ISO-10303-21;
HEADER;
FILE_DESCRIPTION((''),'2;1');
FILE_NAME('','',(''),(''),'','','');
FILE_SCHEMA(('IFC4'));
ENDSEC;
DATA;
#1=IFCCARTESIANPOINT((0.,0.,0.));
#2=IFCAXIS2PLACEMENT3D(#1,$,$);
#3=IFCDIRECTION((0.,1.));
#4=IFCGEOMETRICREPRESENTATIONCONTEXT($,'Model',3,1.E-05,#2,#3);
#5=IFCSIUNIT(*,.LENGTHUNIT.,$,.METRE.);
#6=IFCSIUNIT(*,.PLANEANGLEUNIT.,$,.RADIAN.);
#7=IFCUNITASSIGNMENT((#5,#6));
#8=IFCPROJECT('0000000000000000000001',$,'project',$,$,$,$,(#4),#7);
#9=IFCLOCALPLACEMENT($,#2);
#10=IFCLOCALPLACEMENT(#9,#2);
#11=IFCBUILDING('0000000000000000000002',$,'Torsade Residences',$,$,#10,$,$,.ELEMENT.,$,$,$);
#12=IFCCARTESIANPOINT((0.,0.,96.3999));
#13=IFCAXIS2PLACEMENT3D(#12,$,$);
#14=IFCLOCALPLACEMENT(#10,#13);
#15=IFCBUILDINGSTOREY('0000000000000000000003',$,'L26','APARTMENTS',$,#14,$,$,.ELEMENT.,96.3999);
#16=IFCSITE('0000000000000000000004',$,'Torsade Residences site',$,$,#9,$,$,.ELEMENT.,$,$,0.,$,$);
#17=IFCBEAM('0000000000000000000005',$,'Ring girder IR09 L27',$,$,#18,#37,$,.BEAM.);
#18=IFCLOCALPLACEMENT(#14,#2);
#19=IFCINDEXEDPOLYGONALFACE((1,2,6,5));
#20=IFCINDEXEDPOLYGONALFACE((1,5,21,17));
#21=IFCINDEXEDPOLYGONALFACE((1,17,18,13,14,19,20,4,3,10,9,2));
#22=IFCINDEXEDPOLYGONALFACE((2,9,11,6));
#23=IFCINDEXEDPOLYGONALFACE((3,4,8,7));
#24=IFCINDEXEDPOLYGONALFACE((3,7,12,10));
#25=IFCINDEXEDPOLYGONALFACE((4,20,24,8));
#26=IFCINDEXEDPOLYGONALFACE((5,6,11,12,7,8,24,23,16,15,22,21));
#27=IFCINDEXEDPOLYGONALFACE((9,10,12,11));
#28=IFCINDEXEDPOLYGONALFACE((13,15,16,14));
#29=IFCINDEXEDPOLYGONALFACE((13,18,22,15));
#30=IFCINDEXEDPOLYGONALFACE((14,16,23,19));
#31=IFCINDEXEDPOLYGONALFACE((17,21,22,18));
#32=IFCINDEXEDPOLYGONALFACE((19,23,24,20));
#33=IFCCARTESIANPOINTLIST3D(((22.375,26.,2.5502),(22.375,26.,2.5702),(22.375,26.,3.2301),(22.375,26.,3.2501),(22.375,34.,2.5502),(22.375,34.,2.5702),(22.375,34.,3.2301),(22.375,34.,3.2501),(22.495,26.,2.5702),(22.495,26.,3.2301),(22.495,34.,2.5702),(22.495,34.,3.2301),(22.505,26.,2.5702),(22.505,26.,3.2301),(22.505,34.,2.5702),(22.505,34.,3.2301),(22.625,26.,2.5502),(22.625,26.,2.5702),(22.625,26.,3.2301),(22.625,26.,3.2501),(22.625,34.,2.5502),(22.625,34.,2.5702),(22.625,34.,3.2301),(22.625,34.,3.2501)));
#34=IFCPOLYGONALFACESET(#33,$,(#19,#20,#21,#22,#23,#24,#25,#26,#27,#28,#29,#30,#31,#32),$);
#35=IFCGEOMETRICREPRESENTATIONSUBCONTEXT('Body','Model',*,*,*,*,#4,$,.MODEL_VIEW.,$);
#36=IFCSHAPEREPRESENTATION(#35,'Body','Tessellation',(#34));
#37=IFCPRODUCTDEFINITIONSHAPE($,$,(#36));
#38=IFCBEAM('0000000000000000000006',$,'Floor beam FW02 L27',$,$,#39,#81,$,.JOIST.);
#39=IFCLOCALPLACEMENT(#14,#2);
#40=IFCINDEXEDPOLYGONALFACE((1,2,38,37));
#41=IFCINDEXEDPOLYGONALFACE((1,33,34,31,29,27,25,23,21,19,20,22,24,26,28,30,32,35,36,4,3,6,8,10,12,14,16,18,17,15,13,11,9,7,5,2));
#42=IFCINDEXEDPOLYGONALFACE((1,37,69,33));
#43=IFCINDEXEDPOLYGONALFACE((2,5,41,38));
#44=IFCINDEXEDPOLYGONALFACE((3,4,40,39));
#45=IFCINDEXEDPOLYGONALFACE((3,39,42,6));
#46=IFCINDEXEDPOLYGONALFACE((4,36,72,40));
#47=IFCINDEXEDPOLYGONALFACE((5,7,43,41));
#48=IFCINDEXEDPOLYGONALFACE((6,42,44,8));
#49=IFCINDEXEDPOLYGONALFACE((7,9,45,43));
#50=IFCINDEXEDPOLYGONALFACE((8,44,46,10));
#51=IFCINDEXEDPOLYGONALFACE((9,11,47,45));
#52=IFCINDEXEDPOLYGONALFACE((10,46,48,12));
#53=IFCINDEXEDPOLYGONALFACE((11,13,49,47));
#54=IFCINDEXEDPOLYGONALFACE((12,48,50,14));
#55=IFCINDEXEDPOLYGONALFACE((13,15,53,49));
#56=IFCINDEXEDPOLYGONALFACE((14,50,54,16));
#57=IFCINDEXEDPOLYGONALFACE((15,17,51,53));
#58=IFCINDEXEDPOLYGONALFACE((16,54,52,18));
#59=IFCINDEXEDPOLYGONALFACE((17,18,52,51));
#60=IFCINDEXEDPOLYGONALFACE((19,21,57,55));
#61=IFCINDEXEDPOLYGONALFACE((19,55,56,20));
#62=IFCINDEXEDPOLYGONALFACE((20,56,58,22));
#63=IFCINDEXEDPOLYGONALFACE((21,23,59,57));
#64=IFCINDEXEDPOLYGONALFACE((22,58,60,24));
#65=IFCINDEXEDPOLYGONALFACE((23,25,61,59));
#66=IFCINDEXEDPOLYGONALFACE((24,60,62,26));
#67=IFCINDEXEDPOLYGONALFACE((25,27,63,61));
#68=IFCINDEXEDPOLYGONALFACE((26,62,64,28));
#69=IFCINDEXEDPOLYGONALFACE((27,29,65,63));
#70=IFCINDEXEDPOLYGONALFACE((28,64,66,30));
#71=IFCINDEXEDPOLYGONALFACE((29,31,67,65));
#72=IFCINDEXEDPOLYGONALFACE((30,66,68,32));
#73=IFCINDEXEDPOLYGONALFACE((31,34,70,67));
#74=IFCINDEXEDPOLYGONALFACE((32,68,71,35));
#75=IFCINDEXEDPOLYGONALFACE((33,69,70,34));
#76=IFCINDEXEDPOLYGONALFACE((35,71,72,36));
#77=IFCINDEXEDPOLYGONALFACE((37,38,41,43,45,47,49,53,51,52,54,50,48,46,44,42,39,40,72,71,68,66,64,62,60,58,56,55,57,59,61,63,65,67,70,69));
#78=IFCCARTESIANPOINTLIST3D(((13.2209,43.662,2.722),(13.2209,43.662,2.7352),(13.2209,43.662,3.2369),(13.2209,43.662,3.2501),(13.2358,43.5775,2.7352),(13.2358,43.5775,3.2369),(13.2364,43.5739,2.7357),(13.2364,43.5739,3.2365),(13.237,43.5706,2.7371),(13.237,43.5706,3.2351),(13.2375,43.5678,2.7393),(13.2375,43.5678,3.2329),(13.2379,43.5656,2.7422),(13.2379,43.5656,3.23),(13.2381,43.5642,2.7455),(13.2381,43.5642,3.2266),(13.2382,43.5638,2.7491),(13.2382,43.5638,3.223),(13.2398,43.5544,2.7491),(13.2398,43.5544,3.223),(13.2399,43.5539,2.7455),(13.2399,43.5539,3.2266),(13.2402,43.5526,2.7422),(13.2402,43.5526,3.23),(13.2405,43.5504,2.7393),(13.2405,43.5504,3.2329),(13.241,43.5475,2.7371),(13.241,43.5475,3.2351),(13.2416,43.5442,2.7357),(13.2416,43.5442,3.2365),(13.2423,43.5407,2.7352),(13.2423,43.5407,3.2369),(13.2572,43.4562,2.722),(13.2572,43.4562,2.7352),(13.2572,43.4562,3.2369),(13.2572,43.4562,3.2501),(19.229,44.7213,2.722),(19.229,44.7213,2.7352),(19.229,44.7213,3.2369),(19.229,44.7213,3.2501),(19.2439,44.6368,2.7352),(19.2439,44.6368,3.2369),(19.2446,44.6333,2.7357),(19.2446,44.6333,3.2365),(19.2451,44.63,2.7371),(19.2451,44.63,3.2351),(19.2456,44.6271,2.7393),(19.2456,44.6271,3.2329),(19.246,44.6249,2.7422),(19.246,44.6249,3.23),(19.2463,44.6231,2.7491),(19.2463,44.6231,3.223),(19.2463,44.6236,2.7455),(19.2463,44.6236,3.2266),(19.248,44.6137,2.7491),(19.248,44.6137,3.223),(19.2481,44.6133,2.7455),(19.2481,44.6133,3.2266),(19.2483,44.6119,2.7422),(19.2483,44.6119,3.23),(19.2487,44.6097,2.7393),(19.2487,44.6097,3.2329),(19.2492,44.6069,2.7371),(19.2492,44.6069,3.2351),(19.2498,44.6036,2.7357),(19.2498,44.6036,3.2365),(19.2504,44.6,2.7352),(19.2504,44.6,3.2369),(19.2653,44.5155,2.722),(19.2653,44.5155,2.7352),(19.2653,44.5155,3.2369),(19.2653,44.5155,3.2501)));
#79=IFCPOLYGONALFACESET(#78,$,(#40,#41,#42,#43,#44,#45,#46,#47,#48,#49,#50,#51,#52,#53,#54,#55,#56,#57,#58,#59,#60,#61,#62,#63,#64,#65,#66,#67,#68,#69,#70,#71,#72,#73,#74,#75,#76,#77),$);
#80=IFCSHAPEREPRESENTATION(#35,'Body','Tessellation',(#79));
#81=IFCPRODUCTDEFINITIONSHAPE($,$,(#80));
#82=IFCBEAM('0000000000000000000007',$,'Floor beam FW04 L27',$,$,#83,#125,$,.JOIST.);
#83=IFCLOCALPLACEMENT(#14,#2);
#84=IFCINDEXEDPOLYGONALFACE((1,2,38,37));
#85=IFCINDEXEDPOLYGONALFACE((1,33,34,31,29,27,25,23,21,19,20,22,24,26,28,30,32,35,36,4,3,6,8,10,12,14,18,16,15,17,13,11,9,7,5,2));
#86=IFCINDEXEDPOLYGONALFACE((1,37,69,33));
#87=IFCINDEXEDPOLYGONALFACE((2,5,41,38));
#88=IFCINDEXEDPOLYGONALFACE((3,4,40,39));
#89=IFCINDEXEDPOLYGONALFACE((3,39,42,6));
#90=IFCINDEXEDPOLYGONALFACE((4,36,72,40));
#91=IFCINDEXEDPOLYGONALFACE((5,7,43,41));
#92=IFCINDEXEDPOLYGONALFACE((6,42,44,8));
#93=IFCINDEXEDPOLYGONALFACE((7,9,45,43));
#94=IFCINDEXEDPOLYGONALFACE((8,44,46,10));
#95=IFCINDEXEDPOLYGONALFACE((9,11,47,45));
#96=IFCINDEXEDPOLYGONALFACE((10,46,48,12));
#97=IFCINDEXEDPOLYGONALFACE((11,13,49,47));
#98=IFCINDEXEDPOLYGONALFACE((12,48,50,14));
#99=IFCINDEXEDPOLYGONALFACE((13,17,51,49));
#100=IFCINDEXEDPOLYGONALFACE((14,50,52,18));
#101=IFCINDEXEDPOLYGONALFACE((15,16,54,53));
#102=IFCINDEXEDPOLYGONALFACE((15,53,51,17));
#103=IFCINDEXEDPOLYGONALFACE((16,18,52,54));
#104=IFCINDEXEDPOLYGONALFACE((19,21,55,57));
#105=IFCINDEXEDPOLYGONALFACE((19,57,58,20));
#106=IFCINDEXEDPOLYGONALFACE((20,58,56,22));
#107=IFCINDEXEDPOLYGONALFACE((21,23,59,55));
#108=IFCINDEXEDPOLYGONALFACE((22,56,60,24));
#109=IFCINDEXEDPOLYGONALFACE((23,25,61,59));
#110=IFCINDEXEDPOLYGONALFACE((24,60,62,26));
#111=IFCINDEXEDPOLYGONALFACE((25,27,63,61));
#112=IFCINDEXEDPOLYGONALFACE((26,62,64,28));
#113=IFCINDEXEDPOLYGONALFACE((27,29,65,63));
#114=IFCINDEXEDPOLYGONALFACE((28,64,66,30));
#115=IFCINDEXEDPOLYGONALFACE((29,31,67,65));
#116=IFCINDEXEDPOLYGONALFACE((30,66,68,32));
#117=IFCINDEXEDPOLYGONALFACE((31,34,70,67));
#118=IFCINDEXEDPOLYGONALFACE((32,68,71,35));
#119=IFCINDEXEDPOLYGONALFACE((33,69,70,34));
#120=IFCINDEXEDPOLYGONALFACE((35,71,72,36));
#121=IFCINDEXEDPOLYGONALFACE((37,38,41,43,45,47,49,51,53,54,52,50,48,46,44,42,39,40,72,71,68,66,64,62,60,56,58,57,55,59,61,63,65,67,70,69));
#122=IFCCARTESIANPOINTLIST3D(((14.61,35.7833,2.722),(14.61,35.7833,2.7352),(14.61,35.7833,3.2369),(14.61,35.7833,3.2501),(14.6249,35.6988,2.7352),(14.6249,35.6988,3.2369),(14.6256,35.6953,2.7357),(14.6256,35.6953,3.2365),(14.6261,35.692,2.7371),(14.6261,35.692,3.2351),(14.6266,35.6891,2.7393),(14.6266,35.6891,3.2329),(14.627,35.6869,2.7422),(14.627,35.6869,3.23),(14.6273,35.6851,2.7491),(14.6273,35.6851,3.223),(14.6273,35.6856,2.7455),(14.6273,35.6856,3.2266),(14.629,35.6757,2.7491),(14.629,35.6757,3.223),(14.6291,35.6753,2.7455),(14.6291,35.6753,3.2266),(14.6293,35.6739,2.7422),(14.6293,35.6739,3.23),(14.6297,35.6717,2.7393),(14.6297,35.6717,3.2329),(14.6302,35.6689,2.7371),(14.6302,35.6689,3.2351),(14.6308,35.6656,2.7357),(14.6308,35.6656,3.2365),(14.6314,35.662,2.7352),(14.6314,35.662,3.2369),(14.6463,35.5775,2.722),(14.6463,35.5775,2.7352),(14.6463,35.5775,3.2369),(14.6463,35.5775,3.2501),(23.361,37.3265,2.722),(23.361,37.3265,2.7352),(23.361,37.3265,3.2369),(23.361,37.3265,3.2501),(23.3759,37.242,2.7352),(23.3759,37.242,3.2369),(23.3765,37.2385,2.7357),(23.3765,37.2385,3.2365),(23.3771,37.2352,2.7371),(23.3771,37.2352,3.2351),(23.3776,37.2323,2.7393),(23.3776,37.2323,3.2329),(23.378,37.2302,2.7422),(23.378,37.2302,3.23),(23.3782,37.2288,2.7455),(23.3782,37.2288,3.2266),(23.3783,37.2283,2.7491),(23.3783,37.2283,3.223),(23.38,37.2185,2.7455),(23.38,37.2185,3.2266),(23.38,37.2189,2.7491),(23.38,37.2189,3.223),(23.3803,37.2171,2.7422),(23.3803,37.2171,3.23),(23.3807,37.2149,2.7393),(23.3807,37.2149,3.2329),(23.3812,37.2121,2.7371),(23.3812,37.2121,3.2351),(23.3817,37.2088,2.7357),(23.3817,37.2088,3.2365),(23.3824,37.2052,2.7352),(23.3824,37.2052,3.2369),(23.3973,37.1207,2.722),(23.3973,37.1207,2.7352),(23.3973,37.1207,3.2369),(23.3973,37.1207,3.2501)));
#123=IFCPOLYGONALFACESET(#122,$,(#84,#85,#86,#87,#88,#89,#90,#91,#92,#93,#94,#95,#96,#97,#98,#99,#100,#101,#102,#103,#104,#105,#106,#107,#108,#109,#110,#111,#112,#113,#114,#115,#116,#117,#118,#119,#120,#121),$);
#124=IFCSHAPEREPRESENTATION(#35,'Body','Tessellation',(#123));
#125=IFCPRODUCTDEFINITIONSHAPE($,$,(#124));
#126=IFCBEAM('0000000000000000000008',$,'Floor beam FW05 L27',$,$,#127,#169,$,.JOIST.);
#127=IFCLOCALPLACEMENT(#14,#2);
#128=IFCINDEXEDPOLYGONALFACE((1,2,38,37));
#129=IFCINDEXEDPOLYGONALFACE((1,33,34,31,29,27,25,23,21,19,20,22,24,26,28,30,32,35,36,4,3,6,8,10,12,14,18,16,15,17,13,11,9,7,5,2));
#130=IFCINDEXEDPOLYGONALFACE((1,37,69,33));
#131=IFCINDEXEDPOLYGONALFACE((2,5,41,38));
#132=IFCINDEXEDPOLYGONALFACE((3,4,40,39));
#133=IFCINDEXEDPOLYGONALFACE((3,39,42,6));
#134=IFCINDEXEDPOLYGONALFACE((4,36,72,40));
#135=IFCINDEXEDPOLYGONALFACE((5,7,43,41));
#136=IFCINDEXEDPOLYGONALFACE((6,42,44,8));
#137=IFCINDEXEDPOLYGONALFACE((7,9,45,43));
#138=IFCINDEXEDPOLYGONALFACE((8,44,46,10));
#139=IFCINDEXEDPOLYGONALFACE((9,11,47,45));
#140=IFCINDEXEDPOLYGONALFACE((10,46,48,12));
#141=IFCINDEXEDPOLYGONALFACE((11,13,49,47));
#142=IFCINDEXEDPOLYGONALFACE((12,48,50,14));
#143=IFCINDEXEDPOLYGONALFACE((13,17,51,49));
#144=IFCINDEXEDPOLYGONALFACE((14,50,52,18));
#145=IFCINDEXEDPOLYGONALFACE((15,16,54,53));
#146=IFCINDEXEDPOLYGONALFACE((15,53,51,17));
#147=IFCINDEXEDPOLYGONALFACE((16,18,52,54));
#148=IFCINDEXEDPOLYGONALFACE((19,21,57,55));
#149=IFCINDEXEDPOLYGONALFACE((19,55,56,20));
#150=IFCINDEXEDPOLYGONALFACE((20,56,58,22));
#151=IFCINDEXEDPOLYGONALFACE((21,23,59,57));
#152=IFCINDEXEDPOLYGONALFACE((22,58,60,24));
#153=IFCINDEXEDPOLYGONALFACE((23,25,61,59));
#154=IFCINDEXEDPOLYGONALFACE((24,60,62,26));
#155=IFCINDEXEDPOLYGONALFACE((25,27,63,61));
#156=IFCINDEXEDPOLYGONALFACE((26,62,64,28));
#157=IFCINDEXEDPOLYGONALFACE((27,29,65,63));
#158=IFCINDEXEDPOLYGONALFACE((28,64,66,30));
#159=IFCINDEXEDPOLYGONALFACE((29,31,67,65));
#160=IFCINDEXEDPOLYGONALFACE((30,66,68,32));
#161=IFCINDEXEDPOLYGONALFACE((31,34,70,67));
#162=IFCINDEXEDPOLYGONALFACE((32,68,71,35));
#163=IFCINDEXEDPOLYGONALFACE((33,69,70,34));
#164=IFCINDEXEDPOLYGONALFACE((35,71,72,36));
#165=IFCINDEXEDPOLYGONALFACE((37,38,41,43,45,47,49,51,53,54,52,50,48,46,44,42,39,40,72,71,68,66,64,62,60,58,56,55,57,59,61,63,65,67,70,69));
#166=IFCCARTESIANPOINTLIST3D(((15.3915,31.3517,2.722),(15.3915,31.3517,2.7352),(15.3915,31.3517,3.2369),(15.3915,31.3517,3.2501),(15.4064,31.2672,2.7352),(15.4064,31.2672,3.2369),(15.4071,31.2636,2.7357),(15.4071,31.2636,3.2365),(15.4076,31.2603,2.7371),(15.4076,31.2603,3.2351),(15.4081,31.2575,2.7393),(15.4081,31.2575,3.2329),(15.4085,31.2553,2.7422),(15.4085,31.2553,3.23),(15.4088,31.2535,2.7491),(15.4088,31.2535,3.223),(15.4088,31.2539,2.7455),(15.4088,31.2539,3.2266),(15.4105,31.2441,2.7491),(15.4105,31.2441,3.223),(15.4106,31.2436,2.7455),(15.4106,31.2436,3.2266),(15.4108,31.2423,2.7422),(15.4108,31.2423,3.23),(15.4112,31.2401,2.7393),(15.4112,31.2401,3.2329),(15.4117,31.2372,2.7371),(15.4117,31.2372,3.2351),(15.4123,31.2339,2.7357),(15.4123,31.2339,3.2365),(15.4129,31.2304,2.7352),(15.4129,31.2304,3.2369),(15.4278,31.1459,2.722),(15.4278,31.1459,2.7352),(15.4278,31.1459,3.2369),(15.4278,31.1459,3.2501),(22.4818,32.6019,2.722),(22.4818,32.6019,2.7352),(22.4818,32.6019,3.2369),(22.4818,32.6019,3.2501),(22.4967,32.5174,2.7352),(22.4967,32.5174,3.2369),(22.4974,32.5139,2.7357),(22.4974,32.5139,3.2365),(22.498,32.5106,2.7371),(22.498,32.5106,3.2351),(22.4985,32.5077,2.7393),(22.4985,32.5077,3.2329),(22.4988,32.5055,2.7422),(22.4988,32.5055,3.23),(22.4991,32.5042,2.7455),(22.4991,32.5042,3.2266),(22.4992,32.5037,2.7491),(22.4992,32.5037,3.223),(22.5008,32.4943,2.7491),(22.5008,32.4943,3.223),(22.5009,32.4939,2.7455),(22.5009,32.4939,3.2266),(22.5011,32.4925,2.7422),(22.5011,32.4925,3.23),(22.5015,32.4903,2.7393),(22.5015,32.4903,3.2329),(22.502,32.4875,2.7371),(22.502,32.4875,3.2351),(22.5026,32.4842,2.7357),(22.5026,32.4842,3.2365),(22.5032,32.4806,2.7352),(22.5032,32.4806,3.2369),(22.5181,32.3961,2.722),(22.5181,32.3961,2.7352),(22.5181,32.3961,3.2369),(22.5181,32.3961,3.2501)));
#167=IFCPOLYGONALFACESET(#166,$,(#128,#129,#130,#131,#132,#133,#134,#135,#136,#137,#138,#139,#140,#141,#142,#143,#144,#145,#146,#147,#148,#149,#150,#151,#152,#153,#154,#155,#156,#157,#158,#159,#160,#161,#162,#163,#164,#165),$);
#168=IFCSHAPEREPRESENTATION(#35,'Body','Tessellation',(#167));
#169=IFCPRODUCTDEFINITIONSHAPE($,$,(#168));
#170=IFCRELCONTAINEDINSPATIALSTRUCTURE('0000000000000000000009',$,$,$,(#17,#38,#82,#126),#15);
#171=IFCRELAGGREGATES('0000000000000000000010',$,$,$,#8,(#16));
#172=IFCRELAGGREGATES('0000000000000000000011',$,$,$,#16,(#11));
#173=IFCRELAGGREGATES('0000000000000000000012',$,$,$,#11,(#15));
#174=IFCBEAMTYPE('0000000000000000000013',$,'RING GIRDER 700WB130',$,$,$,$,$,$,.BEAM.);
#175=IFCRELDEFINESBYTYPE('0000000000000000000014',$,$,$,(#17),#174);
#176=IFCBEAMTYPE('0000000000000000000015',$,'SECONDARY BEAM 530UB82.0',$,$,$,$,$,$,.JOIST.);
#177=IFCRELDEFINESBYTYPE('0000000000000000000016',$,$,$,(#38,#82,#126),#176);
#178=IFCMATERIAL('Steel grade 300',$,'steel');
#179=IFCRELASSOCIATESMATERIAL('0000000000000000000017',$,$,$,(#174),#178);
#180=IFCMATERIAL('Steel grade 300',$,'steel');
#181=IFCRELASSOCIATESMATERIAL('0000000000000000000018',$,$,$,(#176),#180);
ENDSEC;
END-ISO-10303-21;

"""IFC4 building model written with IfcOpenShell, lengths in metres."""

from ifc_helpers import new_model, si_unit, direction, frame, origin, origin_2d, place, context, subcontext, project, spatial, i_section, extrude, material, material_profile, profile_set, type_object, element, save


model = new_model("IFC4")

# Units and contexts
model_context = context("Model", 3, precision=1e-05, world=origin(), true_north=direction((0.0, 1.0)))
body_context = subcontext(model_context, "Body", "Model", "MODEL_VIEW")
ifc_project = project(units=[si_unit("LENGTHUNIT", "METRE"), si_unit("PLANEANGLEUNIT", "RADIAN")], contexts=[model_context])

# Site, building, storey
site_placement = place(None, origin())
site = spatial("IfcSite", under=ifc_project, at=site_placement, Name="Torsade Residences site", CompositionType="ELEMENT", RefElevation=0.0)
building_placement = place(site_placement, origin())
building = spatial("IfcBuilding", under=site, at=building_placement, Name="Torsade Residences", CompositionType="ELEMENT")
storey_placement = place(building_placement, frame((0.0, 0.0, 96.3999)))
storey = spatial("IfcBuildingStorey", under=building, at=storey_placement, Name="L26", Description="APARTMENTS", CompositionType="ELEMENT", Elevation=96.3999)

# Beams
ifc_material_1 = material(Name="Steel grade 300", Category="steel")
ifc_material_profile_1 = material_profile(ifc_material_1, i_section(OverallWidth=0.25, OverallDepth=0.7, WebThickness=0.01, FlangeThickness=0.02, at=origin_2d()), Name="700WB130")
ifc_profile_set_1 = profile_set([ifc_material_profile_1], Name="Steel grade 300")
beam_type_1 = type_object("IfcBeamType", Name="RING GIRDER 700WB130", PredefinedType="BEAM", material=ifc_profile_set_1)
beam_1_placement = place(storey_placement, frame((22.5, 34.0, 2.9001), z_axis=(0.0, -1.0, 0.0), x_axis=(1.0, 0.0, 0.0)))
element("IfcBeam", 1, at=beam_1_placement, inside=storey, type_object=beam_type_1, Name="Ring girder IR09 L27", PredefinedType="BEAM", context=body_context, shape_type="SweptSolid", body=[
    extrude(i_section(OverallWidth=0.25, OverallDepth=0.7, WebThickness=0.01, FlangeThickness=0.02, at=origin_2d()), origin(), (0.0, 0.0, 1.0), 8.0),
])
ifc_material_2 = material(Name="Steel grade 300", Category="steel")
ifc_material_profile_2 = material_profile(ifc_material_2, i_section(OverallWidth=0.209, OverallDepth=0.5281, WebThickness=0.0095, FlangeThickness=0.0132, FilletRadius=0.0139, at=origin_2d()), Name="530UB82.0")
ifc_profile_set_2 = profile_set([ifc_material_profile_2], Name="Steel grade 300")
beam_type_2 = type_object("IfcBeamType", Name="SECONDARY BEAM 530UB82.0", PredefinedType="JOIST", material=ifc_profile_set_2)
beam_2_placement = place(storey_placement, frame((13.239, 43.5591, 2.9861), z_axis=(0.984809, 0.173639, 0.0), x_axis=(-0.173639, 0.984809, 0.0)))
element("IfcBeam", 2, at=beam_2_placement, inside=storey, type_object=beam_type_2, Name="Floor beam FW02 L27", PredefinedType="JOIST", context=body_context, shape_type="SweptSolid", body=[
    extrude(i_section(OverallWidth=0.209, OverallDepth=0.5281, WebThickness=0.0095, FlangeThickness=0.0132, FilletRadius=0.0139, at=origin_2d()), origin(), (0.0, 0.0, 1.0), 6.1008),
])
beam_3_placement = place(storey_placement, frame((14.6282, 35.6804, 2.9861), z_axis=(0.984804, 0.173668, 0.0), x_axis=(-0.173668, 0.984804, 0.0)))
element("IfcBeam", 3, at=beam_3_placement, inside=storey, type_object=beam_type_2, Name="Floor beam FW04 L27", PredefinedType="JOIST", context=body_context, shape_type="SweptSolid", body=[
    extrude(i_section(OverallWidth=0.209, OverallDepth=0.5281, WebThickness=0.0095, FlangeThickness=0.0132, FilletRadius=0.0139, at=origin_2d()), origin(), (0.0, 0.0, 1.0), 8.886),
])
beam_4_placement = place(storey_placement, frame((15.4097, 31.2488, 2.9861), z_axis=(0.984807, 0.173652, 0.0), x_axis=(-0.173652, 0.984807, 0.0)))
element("IfcBeam", 4, at=beam_4_placement, inside=storey, type_object=beam_type_2, Name="Floor beam FW05 L27", PredefinedType="JOIST", context=body_context, shape_type="SweptSolid", body=[
    extrude(i_section(OverallWidth=0.209, OverallDepth=0.5281, WebThickness=0.0095, FlangeThickness=0.0132, FilletRadius=0.0139, at=origin_2d()), origin(), (0.0, 0.0, 1.0), 7.1997),
])

save(model, "model.ifc")
